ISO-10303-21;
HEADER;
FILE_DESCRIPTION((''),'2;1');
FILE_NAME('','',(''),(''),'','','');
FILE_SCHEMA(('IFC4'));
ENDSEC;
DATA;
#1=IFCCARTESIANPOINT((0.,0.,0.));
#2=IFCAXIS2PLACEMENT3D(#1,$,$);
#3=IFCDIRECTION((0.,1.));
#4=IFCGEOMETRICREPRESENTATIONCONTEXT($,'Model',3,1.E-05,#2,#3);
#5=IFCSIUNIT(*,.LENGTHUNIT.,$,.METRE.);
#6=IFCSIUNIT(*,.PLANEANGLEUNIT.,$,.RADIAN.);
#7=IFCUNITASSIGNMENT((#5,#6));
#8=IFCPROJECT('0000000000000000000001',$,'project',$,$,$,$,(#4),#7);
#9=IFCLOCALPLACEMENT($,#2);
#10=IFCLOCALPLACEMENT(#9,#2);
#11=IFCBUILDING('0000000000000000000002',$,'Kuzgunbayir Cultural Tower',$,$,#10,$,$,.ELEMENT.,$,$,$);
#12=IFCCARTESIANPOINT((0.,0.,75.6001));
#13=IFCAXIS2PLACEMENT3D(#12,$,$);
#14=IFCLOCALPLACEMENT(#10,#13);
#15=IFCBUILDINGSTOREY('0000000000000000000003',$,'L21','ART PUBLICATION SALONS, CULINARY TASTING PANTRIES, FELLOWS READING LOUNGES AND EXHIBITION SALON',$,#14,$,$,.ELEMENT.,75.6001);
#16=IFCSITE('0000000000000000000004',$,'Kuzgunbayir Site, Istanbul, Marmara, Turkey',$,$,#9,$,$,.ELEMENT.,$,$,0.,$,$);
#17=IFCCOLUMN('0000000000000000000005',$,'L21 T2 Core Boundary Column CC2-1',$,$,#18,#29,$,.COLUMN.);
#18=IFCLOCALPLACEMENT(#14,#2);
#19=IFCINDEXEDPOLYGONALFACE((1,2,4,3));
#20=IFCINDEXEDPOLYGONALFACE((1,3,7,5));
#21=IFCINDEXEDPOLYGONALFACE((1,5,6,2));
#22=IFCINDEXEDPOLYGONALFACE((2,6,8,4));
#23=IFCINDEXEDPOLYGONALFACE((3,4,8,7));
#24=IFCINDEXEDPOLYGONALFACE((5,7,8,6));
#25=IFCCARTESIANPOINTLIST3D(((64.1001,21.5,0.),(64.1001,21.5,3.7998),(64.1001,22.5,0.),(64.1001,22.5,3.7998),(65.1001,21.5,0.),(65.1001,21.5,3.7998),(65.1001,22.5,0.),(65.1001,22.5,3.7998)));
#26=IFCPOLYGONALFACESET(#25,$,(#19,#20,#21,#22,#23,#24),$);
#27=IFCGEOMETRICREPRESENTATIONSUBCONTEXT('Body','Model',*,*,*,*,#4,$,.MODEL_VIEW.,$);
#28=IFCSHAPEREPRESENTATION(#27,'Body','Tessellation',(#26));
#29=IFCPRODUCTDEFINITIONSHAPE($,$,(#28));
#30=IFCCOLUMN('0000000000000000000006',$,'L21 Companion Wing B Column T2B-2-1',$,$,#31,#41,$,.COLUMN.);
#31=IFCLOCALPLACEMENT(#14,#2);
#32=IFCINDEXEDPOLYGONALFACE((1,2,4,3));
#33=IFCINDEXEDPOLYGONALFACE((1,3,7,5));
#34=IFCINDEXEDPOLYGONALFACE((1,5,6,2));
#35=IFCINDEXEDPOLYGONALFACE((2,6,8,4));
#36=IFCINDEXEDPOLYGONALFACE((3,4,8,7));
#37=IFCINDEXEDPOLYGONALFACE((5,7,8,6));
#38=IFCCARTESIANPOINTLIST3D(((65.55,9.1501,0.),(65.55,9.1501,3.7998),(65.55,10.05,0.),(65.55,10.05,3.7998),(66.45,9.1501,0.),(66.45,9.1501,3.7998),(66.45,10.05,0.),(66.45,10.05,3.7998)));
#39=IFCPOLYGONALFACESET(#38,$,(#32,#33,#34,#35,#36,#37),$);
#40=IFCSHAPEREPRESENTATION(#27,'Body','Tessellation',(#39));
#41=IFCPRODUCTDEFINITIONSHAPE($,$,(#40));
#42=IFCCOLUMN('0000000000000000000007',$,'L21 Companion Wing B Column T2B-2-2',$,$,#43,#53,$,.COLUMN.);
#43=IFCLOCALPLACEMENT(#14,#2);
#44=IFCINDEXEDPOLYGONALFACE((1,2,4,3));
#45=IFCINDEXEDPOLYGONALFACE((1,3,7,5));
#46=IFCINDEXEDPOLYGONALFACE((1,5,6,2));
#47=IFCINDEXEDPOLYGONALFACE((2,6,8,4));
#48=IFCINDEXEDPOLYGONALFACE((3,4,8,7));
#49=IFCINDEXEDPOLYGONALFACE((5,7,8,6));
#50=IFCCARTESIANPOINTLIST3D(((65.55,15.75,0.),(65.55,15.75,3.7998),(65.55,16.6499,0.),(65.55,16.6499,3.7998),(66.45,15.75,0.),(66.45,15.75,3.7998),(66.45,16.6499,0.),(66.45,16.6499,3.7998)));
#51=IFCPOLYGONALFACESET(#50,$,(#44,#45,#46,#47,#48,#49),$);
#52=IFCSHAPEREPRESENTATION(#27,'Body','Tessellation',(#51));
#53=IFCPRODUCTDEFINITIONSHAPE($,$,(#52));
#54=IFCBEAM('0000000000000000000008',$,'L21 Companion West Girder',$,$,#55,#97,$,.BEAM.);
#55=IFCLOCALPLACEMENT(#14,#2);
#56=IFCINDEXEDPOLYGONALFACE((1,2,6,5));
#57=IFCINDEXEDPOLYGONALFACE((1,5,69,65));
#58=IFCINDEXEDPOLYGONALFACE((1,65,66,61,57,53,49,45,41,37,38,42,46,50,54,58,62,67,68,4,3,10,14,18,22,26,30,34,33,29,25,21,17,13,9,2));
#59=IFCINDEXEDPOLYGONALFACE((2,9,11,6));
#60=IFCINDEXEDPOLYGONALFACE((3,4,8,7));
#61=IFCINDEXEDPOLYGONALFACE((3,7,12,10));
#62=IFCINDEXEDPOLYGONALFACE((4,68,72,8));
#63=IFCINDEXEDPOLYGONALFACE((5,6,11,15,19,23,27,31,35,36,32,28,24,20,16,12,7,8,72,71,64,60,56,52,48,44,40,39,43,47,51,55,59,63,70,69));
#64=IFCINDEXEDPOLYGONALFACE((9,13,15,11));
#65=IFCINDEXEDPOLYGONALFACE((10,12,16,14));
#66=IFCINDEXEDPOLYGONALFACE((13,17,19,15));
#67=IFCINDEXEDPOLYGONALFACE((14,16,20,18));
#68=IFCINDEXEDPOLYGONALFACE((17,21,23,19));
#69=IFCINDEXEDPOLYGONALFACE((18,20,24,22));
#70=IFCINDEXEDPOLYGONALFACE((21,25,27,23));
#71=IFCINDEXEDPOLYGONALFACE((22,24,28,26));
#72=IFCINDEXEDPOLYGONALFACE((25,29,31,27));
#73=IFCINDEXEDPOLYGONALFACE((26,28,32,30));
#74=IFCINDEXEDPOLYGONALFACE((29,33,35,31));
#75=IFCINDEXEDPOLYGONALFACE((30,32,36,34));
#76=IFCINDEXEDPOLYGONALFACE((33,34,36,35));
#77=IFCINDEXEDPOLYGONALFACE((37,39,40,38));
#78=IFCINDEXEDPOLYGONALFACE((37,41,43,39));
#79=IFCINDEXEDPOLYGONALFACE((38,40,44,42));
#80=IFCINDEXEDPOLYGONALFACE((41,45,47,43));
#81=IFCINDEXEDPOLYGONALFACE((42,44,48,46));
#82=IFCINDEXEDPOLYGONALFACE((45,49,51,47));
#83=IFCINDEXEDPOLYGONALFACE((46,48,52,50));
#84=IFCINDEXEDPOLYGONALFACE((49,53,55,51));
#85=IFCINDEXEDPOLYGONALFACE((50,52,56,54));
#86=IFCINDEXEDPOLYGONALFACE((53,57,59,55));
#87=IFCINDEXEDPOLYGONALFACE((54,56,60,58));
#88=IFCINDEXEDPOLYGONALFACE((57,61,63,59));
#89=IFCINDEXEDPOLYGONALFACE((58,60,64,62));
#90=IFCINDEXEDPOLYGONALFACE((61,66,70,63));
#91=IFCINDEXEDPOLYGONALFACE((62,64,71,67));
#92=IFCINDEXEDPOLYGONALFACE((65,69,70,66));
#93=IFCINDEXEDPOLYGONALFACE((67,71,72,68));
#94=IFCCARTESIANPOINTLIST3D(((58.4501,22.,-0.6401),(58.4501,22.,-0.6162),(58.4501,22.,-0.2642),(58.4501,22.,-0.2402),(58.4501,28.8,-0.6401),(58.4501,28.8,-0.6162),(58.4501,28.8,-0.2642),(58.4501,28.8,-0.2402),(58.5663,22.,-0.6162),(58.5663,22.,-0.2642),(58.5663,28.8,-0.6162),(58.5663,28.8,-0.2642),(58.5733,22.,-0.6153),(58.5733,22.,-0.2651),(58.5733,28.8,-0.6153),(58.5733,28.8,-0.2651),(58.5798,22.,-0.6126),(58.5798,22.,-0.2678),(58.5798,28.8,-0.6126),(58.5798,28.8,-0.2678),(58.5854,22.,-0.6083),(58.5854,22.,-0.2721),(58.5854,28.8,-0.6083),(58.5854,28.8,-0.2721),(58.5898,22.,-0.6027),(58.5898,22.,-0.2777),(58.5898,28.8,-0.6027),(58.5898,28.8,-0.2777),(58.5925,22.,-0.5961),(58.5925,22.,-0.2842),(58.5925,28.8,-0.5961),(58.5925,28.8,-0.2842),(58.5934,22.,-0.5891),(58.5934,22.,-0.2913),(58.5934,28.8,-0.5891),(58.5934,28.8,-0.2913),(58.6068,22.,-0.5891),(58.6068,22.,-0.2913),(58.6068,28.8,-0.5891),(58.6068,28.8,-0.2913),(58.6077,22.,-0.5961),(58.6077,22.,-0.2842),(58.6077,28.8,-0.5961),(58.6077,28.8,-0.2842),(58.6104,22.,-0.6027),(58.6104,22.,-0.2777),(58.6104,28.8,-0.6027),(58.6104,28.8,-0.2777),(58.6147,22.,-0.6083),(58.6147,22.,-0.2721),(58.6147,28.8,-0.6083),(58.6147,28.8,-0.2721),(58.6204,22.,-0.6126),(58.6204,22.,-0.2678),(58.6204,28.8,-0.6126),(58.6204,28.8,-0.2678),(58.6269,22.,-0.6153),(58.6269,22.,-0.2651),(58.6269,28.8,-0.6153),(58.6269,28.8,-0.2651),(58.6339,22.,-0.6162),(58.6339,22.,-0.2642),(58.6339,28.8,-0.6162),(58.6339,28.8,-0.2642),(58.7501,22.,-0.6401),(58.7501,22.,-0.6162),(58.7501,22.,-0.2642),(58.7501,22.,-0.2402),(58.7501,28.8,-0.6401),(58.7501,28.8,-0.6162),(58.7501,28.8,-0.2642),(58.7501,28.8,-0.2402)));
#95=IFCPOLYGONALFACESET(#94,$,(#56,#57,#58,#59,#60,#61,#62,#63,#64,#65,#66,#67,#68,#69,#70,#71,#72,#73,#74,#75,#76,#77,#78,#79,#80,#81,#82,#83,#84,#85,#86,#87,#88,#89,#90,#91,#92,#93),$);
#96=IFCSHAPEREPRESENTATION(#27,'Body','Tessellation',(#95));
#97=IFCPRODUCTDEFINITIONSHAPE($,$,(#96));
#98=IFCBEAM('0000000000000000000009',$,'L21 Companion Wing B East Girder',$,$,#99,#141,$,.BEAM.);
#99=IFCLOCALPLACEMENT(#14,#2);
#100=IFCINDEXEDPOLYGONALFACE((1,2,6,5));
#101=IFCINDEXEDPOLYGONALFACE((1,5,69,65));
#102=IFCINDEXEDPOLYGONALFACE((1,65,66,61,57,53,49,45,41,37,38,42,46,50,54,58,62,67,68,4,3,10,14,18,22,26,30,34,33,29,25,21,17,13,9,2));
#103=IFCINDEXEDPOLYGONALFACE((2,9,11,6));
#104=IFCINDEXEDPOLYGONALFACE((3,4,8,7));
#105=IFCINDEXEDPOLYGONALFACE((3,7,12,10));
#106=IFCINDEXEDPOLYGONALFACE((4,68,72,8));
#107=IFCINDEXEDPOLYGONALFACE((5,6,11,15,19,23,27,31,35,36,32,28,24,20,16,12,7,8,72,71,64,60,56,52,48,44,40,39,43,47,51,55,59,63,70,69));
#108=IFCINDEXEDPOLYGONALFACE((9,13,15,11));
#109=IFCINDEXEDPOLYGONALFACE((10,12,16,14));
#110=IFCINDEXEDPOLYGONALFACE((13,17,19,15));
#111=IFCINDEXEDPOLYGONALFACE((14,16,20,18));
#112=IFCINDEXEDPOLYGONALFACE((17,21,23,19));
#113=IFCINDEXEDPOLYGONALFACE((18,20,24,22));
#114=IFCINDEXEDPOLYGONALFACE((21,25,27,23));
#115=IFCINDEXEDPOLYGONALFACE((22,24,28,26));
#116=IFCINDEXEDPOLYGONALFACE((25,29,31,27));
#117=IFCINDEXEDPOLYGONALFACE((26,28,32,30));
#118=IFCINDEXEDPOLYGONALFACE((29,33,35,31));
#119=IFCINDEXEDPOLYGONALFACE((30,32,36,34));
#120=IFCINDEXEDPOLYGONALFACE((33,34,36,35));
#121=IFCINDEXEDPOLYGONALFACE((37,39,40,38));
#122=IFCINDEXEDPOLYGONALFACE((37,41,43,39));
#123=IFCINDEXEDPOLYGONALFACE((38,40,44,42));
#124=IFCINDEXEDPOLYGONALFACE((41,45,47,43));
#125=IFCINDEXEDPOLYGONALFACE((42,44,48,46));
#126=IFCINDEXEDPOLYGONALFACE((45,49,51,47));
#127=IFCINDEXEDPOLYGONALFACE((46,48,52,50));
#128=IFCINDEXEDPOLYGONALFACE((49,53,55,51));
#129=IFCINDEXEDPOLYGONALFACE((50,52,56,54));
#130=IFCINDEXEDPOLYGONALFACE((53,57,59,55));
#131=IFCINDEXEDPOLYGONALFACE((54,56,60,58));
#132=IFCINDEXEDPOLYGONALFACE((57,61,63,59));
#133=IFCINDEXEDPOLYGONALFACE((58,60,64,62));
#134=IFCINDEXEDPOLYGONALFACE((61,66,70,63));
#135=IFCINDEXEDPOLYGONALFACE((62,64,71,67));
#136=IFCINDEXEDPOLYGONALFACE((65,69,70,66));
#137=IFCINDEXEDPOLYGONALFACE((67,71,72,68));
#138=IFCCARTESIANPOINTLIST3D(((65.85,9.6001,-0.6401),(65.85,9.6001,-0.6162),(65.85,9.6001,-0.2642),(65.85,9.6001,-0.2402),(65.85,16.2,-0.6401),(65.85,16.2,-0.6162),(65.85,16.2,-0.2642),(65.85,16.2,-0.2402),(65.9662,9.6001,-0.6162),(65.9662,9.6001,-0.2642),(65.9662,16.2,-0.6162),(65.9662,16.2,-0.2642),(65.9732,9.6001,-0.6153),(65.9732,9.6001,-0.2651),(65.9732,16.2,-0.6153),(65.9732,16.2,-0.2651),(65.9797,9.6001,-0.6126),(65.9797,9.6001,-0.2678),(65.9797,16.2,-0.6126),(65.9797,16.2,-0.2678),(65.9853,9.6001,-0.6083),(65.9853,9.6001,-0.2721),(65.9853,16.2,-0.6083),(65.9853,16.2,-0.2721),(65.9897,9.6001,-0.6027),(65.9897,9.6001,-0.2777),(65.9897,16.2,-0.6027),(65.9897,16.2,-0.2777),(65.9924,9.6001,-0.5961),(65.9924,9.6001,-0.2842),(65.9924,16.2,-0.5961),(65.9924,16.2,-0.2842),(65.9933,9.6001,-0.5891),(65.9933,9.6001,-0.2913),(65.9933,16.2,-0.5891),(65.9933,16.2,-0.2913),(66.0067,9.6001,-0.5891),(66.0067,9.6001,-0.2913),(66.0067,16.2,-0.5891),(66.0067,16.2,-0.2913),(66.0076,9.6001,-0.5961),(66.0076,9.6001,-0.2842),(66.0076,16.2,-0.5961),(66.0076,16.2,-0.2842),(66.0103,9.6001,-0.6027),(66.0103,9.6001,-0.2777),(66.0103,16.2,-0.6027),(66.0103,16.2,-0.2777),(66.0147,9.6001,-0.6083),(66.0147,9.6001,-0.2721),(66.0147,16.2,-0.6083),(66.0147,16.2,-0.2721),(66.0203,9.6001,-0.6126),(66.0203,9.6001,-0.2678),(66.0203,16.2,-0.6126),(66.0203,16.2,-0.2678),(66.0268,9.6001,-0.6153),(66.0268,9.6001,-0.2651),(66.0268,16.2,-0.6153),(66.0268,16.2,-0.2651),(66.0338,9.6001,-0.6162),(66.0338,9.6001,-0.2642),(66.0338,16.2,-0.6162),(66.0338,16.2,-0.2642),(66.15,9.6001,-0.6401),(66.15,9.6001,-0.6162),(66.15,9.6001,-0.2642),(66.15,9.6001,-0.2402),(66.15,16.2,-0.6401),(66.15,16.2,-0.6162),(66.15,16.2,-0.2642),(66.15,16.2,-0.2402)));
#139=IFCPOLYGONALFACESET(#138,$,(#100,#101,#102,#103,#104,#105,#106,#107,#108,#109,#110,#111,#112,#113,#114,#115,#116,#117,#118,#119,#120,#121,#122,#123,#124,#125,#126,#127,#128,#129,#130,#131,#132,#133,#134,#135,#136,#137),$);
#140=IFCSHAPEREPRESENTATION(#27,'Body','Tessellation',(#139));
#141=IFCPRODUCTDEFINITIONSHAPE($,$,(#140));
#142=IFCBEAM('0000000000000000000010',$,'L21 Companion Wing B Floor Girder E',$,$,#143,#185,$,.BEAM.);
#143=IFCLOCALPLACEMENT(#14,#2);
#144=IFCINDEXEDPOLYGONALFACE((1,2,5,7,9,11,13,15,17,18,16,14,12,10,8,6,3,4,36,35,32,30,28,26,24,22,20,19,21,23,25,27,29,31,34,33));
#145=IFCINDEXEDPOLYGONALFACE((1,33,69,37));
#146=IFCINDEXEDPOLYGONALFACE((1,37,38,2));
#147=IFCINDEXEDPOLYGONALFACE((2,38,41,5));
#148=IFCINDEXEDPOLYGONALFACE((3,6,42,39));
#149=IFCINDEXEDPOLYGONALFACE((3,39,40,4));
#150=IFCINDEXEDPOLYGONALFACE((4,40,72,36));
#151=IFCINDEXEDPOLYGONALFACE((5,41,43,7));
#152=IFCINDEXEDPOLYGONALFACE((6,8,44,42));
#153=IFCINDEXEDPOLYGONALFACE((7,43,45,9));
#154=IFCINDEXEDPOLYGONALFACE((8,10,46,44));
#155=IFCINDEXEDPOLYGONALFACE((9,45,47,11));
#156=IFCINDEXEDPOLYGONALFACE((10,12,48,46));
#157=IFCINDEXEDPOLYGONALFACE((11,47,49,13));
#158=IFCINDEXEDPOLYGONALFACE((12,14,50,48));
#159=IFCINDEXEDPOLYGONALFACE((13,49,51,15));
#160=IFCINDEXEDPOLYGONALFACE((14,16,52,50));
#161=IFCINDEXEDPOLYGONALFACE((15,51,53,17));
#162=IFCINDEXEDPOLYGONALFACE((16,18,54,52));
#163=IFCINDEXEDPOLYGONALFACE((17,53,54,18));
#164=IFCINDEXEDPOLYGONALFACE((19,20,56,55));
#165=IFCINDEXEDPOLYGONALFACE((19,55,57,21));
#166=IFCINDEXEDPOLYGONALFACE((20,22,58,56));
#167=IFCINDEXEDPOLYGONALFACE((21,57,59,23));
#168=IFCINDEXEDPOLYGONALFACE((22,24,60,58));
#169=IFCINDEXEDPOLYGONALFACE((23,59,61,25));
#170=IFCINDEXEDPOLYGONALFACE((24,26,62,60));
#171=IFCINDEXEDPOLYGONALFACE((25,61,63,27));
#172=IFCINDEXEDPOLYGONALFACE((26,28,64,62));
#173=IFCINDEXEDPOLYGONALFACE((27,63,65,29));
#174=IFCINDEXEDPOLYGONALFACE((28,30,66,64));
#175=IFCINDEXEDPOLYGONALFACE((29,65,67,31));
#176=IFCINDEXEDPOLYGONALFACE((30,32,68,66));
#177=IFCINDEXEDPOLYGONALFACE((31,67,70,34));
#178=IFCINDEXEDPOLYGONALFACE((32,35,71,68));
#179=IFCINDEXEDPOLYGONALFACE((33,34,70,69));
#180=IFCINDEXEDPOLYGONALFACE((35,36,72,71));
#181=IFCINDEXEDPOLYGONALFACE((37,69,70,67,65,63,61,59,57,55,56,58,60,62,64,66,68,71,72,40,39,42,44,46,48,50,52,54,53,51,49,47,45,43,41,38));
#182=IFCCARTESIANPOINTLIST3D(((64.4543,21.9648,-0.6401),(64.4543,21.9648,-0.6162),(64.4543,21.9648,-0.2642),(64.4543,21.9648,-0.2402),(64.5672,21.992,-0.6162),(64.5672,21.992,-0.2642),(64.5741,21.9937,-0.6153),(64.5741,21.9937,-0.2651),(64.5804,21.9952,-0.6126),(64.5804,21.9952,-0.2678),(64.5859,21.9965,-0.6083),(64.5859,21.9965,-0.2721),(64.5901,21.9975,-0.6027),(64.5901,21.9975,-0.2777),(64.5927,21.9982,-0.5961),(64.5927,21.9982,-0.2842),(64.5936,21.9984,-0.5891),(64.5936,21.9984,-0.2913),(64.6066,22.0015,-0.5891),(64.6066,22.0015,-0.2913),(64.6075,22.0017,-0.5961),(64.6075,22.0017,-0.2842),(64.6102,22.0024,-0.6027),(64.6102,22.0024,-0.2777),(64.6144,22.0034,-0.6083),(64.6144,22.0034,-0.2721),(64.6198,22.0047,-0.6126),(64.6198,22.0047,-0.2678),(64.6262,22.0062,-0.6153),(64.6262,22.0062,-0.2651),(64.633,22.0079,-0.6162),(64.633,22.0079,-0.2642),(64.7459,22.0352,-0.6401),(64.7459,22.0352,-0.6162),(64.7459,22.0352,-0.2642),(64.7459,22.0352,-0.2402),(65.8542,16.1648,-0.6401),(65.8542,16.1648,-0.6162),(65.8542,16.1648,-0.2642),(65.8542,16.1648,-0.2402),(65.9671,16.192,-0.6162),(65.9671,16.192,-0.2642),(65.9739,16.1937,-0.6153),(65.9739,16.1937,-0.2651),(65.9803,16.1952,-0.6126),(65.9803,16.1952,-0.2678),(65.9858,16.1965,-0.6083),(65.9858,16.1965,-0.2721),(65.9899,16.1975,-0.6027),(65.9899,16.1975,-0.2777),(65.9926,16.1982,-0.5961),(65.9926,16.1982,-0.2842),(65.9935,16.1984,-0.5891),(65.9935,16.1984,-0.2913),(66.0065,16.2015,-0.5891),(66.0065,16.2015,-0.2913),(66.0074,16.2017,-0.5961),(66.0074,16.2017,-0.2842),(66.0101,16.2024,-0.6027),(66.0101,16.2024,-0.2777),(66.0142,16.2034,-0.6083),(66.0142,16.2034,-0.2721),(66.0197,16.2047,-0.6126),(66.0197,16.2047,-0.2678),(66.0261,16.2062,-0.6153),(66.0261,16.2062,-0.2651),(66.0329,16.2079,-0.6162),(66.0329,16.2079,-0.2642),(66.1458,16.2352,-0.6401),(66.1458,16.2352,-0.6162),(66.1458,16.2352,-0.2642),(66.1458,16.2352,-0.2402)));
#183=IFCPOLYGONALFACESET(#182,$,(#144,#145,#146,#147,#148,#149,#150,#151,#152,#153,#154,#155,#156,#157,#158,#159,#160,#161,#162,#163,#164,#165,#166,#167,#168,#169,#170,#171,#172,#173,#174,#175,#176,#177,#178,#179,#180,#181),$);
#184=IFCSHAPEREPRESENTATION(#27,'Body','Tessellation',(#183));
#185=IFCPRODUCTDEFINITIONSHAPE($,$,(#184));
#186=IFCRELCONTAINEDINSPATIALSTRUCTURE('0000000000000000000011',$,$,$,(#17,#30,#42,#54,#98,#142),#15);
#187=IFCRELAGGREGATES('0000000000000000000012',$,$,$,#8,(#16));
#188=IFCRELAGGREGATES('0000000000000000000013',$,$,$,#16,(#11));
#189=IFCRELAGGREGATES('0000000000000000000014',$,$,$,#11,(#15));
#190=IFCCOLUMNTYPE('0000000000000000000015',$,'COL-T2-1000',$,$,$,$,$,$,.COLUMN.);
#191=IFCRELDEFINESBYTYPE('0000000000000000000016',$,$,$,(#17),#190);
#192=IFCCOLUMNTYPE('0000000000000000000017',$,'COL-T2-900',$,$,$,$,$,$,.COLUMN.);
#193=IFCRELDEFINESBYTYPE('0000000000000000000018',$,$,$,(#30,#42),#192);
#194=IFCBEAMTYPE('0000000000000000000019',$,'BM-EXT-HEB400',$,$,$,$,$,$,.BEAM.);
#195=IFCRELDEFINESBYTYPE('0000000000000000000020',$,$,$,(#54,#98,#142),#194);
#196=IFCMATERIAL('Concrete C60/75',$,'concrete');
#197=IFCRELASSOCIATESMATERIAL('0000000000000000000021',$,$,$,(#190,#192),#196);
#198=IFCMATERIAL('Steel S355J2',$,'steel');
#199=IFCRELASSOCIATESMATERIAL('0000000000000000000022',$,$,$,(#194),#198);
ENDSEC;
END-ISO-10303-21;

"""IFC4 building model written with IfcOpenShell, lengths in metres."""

from ifc_helpers import new_model, si_unit, direction, frame, origin, origin_2d, place, context, subcontext, project, spatial, rectangle, i_section, extrude, material, material_profile, profile_set, type_object, element, save


model = new_model("IFC4")

# Units and contexts
model_context = context("Model", 3, precision=1e-05, world=origin(), true_north=direction((0.0, 1.0)))
body_context = subcontext(model_context, "Body", "Model", "MODEL_VIEW")
ifc_project = project(units=[si_unit("LENGTHUNIT", "METRE"), si_unit("PLANEANGLEUNIT", "RADIAN")], contexts=[model_context])

# Site, building, storey
site_placement = place(None, origin())
site = spatial("IfcSite", under=ifc_project, at=site_placement, Name="Kuzgunbayir Site, Istanbul, Marmara, Turkey", CompositionType="ELEMENT", RefElevation=0.0)
building_placement = place(site_placement, origin())
building = spatial("IfcBuilding", under=site, at=building_placement, Name="Kuzgunbayir Cultural Tower", CompositionType="ELEMENT")
storey_placement = place(building_placement, frame((0.0, 0.0, 75.6001)))
storey = spatial("IfcBuildingStorey", under=building, at=storey_placement, Name="L21", Description="ART PUBLICATION SALONS, CULINARY TASTING PANTRIES, FELLOWS READING LOUNGES AND EXHIBITION SALON", CompositionType="ELEMENT", Elevation=75.6001)

# Columns
ifc_material_1 = material(Name="Concrete C60/75", Category="concrete")
ifc_material_profile_1 = material_profile(ifc_material_1, rectangle(XDim=1.0, YDim=1.0, at=origin_2d()), Name="RC 1000x1000")
ifc_profile_set_1 = profile_set([ifc_material_profile_1], Name="Concrete C60/75")
column_type_1 = type_object("IfcColumnType", Name="COL-T2-1000", PredefinedType="COLUMN", material=ifc_profile_set_1)
column_placement = place(storey_placement, frame((64.6001, 22.0, 0.0), z_axis=(0.0, 0.0, 1.0), x_axis=(1.0, 0.0, 0.0)))
element("IfcColumn", 1, at=column_placement, inside=storey, type_object=column_type_1, Name="L21 T2 Core Boundary Column CC2-1", PredefinedType="COLUMN", context=body_context, shape_type="SweptSolid", body=[
    extrude(rectangle(XDim=1.0, YDim=1.0, at=origin_2d()), origin(), (0.0, 0.0, 1.0), 3.7998),
])
ifc_material_profile_2 = material_profile(ifc_material_1, rectangle(XDim=0.8999, YDim=0.8999, at=origin_2d()), Name="RC 900x900")
ifc_profile_set_2 = profile_set([ifc_material_profile_2], Name="Concrete C60/75")
column_type_2 = type_object("IfcColumnType", Name="COL-T2-900", PredefinedType="COLUMN", material=ifc_profile_set_2)
for number, where, z_axis, x_axis, name in (
    (2, (66.0, 9.6001, 0.0), (0.0, 0.0, 1.0), (1.0, 0.0, 0.0), "L21 Companion Wing B Column T2B-2-1"),
    (3, (66.0, 16.2, 0.0), (0.0, 0.0, 1.0), (1.0, 0.0, 0.0), "L21 Companion Wing B Column T2B-2-2"),
):
    element("IfcColumn", number, at=place(storey_placement, frame(where, z_axis=z_axis, x_axis=x_axis)), inside=storey, type_object=column_type_2, Name=name, PredefinedType="COLUMN", context=body_context, shape_type="SweptSolid", body=[
        extrude(rectangle(XDim=0.8999, YDim=0.8999, at=origin_2d()), origin(), (0.0, 0.0, 1.0), 3.7998),
    ])

# Beams
ifc_material_2 = material(Name="Steel S355J2", Category="steel")
ifc_material_profile_3 = material_profile(ifc_material_2, i_section(OverallWidth=0.3, OverallDepth=0.3999, WebThickness=0.0134, FlangeThickness=0.0239, FilletRadius=0.0271, at=origin_2d()), Name="HEB 400")
ifc_profile_set_3 = profile_set([ifc_material_profile_3], Name="Steel S355J2")
beam_type_1 = type_object("IfcBeamType", Name="BM-EXT-HEB400", PredefinedType="BEAM", material=ifc_profile_set_3)
beam_1_placement = place(storey_placement, frame((58.6001, 22.0, -0.4402), z_axis=(0.0, 1.0, 0.0), x_axis=(-1.0, 0.0, 0.0)))
element("IfcBeam", 4, at=beam_1_placement, inside=storey, type_object=beam_type_1, Name="L21 Companion West Girder", PredefinedType="BEAM", context=body_context, shape_type="SweptSolid", body=[
    extrude(i_section(OverallWidth=0.3, OverallDepth=0.3999, WebThickness=0.0134, FlangeThickness=0.0239, FilletRadius=0.0271, at=origin_2d()), origin(), (0.0, 0.0, 1.0), 6.8),
])
beam_2_placement = place(storey_placement, frame((66.0, 9.6001, -0.4402), z_axis=(0.0, 1.0, 0.0), x_axis=(-1.0, 0.0, 0.0)))
element("IfcBeam", 5, at=beam_2_placement, inside=storey, type_object=beam_type_1, Name="L21 Companion Wing B East Girder", PredefinedType="BEAM", context=body_context, shape_type="SweptSolid", body=[
    extrude(i_section(OverallWidth=0.3, OverallDepth=0.3999, WebThickness=0.0134, FlangeThickness=0.0239, FilletRadius=0.0271, at=origin_2d()), origin(), (0.0, 0.0, 1.0), 6.5999),
])
beam_3_placement = place(storey_placement, frame((66.0, 16.2, -0.4402), z_axis=(-0.234623, 0.972086, 0.0), x_axis=(-0.972086, -0.234623, 0.0)))
element("IfcBeam", 6, at=beam_3_placement, inside=storey, type_object=beam_type_1, Name="L21 Companion Wing B Floor Girder E", PredefinedType="BEAM", context=body_context, shape_type="SweptSolid", body=[
    extrude(i_section(OverallWidth=0.3, OverallDepth=0.3999, WebThickness=0.0134, FlangeThickness=0.0239, FilletRadius=0.0271, at=origin_2d()), origin(), (0.0, 0.0, 1.0), 5.9666),
])

save(model, "model.ifc")
